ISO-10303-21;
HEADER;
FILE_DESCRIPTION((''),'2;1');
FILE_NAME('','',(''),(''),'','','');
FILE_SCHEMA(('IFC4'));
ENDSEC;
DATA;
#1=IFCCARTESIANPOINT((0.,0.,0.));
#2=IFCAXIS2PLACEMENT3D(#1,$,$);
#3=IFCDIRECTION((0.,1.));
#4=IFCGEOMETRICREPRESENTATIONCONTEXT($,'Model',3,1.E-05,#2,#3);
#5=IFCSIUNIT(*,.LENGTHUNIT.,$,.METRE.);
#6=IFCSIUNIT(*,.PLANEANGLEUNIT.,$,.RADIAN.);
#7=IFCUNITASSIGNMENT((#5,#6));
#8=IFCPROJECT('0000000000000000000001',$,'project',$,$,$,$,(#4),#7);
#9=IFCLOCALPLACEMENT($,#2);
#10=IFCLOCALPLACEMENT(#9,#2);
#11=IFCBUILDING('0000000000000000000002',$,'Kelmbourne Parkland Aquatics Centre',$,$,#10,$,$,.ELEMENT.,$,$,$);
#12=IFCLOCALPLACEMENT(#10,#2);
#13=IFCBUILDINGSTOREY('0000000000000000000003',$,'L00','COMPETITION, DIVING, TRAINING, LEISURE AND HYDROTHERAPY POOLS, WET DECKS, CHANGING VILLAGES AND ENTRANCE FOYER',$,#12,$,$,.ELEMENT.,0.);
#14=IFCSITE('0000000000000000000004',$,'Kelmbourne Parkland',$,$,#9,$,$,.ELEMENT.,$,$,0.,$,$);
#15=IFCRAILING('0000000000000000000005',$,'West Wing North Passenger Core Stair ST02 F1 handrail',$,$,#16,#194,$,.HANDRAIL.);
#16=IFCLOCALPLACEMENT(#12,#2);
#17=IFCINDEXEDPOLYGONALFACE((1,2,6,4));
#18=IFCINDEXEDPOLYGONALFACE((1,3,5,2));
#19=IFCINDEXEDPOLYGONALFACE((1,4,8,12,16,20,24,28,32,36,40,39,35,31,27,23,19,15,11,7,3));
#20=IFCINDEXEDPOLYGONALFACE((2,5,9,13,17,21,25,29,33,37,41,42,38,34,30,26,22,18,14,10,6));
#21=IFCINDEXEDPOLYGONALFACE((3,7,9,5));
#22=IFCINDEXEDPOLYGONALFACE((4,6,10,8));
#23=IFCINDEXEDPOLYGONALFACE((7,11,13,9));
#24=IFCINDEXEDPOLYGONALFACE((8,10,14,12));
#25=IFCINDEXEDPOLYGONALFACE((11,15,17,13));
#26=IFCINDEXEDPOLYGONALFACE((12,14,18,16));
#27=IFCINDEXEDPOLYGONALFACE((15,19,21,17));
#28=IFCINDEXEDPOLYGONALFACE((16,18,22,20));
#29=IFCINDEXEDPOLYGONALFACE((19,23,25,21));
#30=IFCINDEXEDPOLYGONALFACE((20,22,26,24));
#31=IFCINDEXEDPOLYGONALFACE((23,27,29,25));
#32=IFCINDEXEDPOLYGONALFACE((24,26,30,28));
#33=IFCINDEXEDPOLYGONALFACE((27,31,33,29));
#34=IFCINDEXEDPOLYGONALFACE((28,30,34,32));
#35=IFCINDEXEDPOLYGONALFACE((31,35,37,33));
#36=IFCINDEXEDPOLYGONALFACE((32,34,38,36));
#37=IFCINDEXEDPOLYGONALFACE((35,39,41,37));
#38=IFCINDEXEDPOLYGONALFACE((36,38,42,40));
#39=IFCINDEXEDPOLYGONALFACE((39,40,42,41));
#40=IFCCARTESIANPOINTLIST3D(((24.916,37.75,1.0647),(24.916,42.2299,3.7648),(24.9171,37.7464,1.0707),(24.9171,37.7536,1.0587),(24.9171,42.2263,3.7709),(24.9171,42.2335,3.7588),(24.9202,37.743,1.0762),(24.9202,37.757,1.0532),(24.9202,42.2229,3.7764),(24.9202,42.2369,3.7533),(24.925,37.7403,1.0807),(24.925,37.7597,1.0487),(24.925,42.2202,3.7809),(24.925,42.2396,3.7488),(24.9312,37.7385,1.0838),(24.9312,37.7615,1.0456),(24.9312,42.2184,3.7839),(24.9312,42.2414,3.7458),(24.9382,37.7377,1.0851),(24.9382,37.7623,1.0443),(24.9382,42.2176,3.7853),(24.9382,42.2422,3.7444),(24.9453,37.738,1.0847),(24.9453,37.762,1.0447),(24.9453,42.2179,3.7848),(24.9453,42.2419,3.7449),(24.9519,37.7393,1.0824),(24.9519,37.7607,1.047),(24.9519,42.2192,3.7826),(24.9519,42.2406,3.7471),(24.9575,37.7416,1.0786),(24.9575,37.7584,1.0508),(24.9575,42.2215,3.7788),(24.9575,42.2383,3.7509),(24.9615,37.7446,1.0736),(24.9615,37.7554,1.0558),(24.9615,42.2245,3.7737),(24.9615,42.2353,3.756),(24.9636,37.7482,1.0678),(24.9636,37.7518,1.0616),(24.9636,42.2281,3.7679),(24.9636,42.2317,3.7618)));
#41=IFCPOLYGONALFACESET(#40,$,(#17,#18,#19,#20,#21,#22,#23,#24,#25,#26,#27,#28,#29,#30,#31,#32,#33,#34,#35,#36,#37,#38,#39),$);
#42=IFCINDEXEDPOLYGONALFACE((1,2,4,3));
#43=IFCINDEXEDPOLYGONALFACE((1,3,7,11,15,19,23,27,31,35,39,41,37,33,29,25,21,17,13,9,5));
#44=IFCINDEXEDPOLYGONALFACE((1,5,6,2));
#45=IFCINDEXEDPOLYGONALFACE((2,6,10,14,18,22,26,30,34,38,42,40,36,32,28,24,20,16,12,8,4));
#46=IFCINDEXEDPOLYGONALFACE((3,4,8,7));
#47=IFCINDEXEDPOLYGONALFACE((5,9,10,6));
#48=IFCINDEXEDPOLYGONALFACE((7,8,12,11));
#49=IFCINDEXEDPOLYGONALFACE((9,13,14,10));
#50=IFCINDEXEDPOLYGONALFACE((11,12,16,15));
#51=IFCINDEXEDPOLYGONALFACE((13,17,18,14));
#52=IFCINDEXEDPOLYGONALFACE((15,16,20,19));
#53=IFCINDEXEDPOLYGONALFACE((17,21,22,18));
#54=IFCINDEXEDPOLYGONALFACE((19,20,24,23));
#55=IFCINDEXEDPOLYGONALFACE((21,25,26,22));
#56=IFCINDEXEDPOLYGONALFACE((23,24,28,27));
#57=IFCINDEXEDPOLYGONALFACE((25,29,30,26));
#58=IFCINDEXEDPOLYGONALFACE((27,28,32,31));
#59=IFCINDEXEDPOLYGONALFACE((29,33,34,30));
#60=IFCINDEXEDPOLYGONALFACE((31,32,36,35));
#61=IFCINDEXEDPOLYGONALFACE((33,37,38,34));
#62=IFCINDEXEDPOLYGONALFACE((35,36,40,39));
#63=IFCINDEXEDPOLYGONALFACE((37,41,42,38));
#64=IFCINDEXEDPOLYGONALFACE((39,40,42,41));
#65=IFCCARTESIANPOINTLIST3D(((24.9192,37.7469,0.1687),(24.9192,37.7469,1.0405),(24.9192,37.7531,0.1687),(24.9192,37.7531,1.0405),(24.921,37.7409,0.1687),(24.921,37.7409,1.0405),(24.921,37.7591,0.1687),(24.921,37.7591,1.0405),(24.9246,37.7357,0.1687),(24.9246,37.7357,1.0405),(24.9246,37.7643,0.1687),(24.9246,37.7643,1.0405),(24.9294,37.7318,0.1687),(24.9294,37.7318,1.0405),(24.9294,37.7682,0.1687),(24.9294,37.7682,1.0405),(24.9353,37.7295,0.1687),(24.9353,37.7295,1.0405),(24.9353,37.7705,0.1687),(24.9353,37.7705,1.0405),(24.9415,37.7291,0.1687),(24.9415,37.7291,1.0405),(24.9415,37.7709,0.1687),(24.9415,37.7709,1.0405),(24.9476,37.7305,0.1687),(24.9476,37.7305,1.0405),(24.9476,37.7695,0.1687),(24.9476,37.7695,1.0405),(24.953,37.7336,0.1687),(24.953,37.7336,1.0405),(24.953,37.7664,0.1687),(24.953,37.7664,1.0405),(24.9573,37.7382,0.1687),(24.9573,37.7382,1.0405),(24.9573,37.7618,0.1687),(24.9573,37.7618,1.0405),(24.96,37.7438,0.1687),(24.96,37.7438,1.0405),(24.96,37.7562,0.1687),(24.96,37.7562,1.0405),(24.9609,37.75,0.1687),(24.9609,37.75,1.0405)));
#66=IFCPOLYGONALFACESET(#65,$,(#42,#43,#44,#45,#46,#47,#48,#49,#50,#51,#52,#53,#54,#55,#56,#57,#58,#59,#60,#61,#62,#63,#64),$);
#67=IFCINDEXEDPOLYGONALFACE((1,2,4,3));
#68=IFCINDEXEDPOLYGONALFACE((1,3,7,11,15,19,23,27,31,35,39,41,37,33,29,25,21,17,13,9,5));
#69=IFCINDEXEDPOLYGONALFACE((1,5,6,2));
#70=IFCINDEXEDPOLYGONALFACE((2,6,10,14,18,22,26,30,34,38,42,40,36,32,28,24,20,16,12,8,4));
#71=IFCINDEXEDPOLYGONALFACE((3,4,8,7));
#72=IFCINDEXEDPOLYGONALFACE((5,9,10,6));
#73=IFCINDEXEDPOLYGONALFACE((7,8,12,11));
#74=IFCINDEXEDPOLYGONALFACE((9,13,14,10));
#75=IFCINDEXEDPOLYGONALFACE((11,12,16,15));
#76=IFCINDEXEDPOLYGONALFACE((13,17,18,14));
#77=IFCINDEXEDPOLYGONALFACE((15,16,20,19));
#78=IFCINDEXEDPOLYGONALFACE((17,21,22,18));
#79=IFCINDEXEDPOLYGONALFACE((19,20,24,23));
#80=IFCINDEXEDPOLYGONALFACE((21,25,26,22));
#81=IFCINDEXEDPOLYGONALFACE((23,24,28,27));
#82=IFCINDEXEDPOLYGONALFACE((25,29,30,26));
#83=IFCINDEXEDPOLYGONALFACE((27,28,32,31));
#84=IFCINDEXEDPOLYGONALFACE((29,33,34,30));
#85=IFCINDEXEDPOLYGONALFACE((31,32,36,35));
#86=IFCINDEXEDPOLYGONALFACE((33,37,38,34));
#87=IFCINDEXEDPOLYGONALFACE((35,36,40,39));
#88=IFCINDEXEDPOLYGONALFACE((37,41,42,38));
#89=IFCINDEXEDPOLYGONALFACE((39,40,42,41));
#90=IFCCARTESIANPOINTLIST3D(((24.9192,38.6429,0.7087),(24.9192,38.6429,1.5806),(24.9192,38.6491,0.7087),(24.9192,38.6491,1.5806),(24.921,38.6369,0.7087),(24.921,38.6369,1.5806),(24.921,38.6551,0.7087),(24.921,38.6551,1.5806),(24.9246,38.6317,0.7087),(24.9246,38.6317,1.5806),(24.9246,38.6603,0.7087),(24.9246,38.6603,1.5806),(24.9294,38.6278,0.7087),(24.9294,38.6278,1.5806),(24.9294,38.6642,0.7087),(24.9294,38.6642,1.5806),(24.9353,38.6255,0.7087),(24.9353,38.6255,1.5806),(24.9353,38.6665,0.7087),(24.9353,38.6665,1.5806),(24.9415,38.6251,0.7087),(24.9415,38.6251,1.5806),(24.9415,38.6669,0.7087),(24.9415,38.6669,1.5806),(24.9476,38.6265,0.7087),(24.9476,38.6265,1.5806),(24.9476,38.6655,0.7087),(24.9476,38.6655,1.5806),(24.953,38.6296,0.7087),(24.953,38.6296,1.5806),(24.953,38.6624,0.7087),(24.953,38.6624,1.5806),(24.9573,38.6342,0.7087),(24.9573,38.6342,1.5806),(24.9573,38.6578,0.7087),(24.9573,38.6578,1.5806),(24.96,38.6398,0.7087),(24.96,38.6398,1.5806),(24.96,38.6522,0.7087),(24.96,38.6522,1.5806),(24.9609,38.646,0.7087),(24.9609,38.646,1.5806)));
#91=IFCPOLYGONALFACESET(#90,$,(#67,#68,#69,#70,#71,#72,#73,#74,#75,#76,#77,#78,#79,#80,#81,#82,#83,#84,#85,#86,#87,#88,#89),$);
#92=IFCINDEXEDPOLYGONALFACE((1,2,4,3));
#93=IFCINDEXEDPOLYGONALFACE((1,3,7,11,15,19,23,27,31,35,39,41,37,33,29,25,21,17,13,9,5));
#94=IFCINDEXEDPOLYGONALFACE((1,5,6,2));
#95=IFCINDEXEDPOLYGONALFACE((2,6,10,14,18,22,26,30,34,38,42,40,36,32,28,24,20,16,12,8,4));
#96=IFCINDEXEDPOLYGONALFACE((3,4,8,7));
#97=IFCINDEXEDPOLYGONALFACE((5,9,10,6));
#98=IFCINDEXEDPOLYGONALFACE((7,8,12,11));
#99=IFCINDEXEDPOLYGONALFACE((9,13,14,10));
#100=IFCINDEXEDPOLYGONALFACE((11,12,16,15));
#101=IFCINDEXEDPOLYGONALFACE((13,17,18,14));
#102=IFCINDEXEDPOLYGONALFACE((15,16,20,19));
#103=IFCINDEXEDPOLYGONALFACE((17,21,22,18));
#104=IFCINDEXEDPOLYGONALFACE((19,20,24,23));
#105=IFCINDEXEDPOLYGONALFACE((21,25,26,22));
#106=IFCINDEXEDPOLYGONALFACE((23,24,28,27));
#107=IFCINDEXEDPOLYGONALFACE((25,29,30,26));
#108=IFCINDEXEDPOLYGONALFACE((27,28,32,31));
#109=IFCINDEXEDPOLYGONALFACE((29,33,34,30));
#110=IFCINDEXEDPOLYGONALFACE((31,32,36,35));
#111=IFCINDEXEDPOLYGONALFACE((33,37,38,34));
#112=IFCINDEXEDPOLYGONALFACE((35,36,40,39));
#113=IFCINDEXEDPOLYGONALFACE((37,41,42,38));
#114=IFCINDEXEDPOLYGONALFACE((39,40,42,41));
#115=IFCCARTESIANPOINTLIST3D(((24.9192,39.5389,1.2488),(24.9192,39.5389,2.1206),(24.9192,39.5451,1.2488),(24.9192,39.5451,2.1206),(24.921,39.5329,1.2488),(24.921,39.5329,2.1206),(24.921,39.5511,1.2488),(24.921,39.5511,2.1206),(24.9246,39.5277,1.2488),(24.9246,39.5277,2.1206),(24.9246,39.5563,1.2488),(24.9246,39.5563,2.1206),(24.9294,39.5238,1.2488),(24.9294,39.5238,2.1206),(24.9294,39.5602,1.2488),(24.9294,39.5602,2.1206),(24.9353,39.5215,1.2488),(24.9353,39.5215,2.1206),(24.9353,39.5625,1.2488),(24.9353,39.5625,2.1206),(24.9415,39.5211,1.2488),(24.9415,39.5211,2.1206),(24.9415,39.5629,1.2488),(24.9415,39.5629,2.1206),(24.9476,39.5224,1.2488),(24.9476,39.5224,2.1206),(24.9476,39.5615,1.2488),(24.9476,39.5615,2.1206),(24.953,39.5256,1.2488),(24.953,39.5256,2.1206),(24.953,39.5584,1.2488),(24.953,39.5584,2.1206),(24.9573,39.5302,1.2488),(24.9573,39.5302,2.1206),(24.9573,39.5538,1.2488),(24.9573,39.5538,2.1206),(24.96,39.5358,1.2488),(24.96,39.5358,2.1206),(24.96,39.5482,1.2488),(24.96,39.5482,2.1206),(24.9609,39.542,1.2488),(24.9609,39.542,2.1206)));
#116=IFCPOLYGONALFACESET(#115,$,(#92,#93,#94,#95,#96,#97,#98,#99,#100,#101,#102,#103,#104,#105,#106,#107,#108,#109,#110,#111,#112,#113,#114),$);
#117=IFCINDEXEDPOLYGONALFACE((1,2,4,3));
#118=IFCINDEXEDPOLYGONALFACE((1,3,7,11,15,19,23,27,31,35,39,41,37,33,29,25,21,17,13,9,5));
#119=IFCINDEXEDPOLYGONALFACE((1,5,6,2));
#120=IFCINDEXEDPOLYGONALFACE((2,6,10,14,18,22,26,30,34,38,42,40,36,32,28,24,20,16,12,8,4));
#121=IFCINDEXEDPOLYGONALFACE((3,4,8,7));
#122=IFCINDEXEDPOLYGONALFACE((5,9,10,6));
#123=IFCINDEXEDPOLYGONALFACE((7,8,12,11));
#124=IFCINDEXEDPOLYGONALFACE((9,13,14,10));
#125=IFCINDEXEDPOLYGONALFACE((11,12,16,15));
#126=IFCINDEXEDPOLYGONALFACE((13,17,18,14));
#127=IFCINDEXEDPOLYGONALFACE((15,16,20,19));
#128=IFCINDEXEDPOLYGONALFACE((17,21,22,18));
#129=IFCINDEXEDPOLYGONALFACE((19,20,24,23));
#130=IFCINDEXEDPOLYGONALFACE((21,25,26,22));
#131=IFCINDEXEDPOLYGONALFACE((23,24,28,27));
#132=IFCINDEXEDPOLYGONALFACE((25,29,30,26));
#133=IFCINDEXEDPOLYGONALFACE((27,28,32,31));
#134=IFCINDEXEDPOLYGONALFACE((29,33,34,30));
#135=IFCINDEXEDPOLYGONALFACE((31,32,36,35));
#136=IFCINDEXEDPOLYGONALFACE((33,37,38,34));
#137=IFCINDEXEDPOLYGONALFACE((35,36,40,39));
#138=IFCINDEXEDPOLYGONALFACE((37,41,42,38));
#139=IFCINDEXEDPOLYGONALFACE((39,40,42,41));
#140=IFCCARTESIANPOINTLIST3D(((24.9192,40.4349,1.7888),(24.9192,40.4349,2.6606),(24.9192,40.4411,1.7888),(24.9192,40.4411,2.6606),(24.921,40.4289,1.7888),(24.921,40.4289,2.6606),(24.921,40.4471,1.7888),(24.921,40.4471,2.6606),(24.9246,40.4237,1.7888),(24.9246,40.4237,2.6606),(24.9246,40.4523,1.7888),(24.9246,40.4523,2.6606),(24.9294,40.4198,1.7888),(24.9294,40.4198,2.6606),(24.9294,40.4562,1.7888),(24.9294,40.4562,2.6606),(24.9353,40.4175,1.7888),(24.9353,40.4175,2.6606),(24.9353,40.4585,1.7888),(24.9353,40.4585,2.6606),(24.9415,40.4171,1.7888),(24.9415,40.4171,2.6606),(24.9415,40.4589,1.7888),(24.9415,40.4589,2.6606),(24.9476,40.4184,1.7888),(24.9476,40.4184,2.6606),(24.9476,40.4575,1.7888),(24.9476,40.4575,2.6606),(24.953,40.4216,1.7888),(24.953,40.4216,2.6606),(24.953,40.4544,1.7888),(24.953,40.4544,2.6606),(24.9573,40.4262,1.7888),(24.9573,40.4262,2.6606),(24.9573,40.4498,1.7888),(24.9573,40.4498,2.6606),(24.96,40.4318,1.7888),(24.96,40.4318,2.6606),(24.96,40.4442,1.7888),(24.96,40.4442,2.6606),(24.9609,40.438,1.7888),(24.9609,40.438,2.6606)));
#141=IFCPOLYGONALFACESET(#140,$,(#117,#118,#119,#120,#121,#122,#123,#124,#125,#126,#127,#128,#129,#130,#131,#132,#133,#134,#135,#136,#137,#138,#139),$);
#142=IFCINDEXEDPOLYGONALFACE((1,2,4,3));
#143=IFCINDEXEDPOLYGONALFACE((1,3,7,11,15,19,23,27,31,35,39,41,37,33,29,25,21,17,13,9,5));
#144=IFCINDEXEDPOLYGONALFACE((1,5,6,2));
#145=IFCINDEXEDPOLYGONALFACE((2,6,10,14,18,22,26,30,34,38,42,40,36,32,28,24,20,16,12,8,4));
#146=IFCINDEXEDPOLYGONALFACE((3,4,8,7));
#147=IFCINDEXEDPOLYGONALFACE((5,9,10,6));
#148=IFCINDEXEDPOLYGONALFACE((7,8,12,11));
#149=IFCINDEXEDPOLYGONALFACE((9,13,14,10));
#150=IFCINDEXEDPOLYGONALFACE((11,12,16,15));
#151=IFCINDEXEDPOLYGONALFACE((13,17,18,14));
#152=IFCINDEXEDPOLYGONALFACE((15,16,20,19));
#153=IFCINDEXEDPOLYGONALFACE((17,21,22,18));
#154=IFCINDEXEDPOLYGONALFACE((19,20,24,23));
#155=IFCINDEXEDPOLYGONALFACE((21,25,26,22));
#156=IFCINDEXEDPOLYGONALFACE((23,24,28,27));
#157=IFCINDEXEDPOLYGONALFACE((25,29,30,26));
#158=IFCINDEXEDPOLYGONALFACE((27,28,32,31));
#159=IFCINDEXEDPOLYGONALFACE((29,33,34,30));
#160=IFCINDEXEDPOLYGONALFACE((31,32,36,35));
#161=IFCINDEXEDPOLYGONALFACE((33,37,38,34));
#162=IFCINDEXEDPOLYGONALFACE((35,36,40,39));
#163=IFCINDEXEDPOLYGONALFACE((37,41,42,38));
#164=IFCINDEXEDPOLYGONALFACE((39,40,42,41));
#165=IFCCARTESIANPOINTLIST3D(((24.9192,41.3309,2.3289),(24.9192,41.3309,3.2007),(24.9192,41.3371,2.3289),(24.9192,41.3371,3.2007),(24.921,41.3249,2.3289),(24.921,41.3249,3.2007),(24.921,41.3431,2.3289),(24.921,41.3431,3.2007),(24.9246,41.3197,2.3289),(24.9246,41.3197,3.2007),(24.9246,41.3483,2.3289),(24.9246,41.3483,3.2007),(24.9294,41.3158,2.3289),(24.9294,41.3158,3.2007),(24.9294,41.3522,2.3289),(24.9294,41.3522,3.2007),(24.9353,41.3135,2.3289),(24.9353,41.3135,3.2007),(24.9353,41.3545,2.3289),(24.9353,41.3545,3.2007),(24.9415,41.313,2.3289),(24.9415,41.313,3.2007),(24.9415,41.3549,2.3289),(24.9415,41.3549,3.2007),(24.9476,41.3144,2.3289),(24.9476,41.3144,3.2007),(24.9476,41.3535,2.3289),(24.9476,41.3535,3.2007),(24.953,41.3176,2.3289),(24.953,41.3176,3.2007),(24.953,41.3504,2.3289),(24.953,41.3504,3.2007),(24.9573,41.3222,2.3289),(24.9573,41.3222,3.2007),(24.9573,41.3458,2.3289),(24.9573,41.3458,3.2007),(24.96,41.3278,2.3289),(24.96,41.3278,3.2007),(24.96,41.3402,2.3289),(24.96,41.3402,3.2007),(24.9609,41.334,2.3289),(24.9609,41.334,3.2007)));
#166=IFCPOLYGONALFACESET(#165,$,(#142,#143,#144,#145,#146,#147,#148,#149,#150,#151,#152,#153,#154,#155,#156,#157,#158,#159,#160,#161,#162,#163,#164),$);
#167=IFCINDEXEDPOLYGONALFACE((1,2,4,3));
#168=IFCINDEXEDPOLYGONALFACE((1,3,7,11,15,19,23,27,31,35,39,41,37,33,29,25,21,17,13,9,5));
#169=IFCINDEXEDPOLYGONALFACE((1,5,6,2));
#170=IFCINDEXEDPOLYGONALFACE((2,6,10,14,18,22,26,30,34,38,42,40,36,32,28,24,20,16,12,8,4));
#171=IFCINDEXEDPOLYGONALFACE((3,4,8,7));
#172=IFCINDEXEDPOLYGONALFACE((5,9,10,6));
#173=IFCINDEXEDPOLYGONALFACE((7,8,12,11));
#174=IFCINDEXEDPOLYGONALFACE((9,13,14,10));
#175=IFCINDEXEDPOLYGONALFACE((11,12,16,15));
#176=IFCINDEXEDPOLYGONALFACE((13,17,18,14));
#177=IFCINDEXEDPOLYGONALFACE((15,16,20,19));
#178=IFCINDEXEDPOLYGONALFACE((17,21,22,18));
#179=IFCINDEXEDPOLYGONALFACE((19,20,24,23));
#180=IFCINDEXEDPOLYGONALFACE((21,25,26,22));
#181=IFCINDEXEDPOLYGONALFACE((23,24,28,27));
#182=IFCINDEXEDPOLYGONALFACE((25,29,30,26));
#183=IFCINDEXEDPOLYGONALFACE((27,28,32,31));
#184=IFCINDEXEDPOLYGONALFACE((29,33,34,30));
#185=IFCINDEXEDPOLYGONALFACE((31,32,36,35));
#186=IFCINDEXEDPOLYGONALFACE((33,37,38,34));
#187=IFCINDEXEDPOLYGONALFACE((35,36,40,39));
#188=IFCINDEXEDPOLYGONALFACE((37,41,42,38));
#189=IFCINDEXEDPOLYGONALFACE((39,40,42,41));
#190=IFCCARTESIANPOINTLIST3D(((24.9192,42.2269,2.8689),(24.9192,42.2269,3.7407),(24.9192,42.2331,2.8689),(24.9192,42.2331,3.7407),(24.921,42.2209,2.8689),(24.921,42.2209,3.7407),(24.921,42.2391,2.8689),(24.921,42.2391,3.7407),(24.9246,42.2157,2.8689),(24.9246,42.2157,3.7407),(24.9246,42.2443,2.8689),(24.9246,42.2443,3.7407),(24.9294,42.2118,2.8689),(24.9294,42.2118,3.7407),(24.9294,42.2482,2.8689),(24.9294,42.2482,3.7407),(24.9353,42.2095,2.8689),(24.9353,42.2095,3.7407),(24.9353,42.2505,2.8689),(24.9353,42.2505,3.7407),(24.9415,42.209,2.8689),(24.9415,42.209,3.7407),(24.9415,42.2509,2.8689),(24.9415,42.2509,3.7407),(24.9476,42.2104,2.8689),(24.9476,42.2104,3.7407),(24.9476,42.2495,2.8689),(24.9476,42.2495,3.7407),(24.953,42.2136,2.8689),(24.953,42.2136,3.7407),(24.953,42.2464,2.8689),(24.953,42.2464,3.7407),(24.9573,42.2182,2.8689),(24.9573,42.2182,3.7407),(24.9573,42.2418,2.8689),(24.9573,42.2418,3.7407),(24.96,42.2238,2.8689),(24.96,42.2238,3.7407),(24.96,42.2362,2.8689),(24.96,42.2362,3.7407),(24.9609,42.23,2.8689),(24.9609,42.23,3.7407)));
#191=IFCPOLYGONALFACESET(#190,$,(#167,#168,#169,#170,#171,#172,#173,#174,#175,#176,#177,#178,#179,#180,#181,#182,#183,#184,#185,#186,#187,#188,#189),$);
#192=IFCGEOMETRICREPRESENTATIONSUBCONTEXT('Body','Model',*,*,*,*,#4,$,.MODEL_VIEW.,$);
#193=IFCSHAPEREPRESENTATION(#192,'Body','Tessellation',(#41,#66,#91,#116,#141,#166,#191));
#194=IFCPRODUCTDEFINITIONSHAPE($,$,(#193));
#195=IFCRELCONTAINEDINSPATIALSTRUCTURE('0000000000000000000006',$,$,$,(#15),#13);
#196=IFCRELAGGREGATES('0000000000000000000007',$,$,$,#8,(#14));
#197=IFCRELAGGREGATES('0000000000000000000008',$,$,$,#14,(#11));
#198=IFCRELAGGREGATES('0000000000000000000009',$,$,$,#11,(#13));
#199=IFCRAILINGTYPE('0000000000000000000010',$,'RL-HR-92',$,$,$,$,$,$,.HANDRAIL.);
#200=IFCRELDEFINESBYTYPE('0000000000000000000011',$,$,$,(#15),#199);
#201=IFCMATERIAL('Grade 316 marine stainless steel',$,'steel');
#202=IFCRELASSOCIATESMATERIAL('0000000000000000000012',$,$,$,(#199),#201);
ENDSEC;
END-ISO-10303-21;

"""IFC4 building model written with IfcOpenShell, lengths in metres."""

from ifc_helpers import new_model, si_unit, direction, frame, origin, origin_2d, place, context, subcontext, project, spatial, circle, extrude, material, type_object, element, save


model = new_model("IFC4")

# Units and contexts
model_context = context("Model", 3, precision=1e-05, world=origin(), true_north=direction((0.0, 1.0)))
body_context = subcontext(model_context, "Body", "Model", "MODEL_VIEW")
ifc_project = project(units=[si_unit("LENGTHUNIT", "METRE"), si_unit("PLANEANGLEUNIT", "RADIAN")], contexts=[model_context])

# Site, building, storey
site_placement = place(None, origin())
site = spatial("IfcSite", under=ifc_project, at=site_placement, Name="Kelmbourne Parkland", CompositionType="ELEMENT", RefElevation=0.0)
building_placement = place(site_placement, origin())
building = spatial("IfcBuilding", under=site, at=building_placement, Name="Kelmbourne Parkland Aquatics Centre", CompositionType="ELEMENT")
storey_placement = place(building_placement, origin())
storey = spatial("IfcBuildingStorey", under=building, at=storey_placement, Name="L00", Description="COMPETITION, DIVING, TRAINING, LEISURE AND HYDROTHERAPY POOLS, WET DECKS, CHANGING VILLAGES AND ENTRANCE FOYER", CompositionType="ELEMENT", Elevation=0.0)

# Railing
ifc_material_1 = material(Name="Grade 316 marine stainless steel", Category="steel")
railing_type_1 = type_object("IfcRailingType", Name="RL-HR-92", PredefinedType="HANDRAIL", material=ifc_material_1)
railing_1_placement = place(storey_placement, frame((24.9399, 37.75, 0.1687)))
element("IfcRailing", 1, at=railing_1_placement, inside=storey, type_object=railing_type_1, Name="West Wing North Passenger Core Stair ST02 F1 handrail", PredefinedType="HANDRAIL", context=body_context, shape_type="SweptSolid", body=[
    extrude(circle(Radius=0.0239, at=origin_2d()), frame((0.0, 0.0, 0.896), z_axis=(0.0, 0.856462, 0.516211), x_axis=(-1.0, 0.0, 0.0)), (0.0, 0.0, 1.0), 5.2307),
    extrude(circle(Radius=0.021, at=origin_2d()), origin(), (0.0, 0.0, 1.0), 0.8718),
    extrude(circle(Radius=0.021, at=origin_2d()), frame((0.0, 0.896, 0.54)), (0.0, 0.0, 1.0), 0.8718),
    extrude(circle(Radius=0.021, at=origin_2d()), frame((0.0, 1.792, 1.0801)), (0.0, 0.0, 1.0), 0.8718),
    extrude(circle(Radius=0.021, at=origin_2d()), frame((0.0, 2.688, 1.6201)), (0.0, 0.0, 1.0), 0.8718),
    extrude(circle(Radius=0.021, at=origin_2d()), frame((0.0, 3.584, 2.1602)), (0.0, 0.0, 1.0), 0.8718),
    extrude(circle(Radius=0.021, at=origin_2d()), frame((0.0, 4.48, 2.7002)), (0.0, 0.0, 1.0), 0.8718),
])

save(model, "model.ifc")
